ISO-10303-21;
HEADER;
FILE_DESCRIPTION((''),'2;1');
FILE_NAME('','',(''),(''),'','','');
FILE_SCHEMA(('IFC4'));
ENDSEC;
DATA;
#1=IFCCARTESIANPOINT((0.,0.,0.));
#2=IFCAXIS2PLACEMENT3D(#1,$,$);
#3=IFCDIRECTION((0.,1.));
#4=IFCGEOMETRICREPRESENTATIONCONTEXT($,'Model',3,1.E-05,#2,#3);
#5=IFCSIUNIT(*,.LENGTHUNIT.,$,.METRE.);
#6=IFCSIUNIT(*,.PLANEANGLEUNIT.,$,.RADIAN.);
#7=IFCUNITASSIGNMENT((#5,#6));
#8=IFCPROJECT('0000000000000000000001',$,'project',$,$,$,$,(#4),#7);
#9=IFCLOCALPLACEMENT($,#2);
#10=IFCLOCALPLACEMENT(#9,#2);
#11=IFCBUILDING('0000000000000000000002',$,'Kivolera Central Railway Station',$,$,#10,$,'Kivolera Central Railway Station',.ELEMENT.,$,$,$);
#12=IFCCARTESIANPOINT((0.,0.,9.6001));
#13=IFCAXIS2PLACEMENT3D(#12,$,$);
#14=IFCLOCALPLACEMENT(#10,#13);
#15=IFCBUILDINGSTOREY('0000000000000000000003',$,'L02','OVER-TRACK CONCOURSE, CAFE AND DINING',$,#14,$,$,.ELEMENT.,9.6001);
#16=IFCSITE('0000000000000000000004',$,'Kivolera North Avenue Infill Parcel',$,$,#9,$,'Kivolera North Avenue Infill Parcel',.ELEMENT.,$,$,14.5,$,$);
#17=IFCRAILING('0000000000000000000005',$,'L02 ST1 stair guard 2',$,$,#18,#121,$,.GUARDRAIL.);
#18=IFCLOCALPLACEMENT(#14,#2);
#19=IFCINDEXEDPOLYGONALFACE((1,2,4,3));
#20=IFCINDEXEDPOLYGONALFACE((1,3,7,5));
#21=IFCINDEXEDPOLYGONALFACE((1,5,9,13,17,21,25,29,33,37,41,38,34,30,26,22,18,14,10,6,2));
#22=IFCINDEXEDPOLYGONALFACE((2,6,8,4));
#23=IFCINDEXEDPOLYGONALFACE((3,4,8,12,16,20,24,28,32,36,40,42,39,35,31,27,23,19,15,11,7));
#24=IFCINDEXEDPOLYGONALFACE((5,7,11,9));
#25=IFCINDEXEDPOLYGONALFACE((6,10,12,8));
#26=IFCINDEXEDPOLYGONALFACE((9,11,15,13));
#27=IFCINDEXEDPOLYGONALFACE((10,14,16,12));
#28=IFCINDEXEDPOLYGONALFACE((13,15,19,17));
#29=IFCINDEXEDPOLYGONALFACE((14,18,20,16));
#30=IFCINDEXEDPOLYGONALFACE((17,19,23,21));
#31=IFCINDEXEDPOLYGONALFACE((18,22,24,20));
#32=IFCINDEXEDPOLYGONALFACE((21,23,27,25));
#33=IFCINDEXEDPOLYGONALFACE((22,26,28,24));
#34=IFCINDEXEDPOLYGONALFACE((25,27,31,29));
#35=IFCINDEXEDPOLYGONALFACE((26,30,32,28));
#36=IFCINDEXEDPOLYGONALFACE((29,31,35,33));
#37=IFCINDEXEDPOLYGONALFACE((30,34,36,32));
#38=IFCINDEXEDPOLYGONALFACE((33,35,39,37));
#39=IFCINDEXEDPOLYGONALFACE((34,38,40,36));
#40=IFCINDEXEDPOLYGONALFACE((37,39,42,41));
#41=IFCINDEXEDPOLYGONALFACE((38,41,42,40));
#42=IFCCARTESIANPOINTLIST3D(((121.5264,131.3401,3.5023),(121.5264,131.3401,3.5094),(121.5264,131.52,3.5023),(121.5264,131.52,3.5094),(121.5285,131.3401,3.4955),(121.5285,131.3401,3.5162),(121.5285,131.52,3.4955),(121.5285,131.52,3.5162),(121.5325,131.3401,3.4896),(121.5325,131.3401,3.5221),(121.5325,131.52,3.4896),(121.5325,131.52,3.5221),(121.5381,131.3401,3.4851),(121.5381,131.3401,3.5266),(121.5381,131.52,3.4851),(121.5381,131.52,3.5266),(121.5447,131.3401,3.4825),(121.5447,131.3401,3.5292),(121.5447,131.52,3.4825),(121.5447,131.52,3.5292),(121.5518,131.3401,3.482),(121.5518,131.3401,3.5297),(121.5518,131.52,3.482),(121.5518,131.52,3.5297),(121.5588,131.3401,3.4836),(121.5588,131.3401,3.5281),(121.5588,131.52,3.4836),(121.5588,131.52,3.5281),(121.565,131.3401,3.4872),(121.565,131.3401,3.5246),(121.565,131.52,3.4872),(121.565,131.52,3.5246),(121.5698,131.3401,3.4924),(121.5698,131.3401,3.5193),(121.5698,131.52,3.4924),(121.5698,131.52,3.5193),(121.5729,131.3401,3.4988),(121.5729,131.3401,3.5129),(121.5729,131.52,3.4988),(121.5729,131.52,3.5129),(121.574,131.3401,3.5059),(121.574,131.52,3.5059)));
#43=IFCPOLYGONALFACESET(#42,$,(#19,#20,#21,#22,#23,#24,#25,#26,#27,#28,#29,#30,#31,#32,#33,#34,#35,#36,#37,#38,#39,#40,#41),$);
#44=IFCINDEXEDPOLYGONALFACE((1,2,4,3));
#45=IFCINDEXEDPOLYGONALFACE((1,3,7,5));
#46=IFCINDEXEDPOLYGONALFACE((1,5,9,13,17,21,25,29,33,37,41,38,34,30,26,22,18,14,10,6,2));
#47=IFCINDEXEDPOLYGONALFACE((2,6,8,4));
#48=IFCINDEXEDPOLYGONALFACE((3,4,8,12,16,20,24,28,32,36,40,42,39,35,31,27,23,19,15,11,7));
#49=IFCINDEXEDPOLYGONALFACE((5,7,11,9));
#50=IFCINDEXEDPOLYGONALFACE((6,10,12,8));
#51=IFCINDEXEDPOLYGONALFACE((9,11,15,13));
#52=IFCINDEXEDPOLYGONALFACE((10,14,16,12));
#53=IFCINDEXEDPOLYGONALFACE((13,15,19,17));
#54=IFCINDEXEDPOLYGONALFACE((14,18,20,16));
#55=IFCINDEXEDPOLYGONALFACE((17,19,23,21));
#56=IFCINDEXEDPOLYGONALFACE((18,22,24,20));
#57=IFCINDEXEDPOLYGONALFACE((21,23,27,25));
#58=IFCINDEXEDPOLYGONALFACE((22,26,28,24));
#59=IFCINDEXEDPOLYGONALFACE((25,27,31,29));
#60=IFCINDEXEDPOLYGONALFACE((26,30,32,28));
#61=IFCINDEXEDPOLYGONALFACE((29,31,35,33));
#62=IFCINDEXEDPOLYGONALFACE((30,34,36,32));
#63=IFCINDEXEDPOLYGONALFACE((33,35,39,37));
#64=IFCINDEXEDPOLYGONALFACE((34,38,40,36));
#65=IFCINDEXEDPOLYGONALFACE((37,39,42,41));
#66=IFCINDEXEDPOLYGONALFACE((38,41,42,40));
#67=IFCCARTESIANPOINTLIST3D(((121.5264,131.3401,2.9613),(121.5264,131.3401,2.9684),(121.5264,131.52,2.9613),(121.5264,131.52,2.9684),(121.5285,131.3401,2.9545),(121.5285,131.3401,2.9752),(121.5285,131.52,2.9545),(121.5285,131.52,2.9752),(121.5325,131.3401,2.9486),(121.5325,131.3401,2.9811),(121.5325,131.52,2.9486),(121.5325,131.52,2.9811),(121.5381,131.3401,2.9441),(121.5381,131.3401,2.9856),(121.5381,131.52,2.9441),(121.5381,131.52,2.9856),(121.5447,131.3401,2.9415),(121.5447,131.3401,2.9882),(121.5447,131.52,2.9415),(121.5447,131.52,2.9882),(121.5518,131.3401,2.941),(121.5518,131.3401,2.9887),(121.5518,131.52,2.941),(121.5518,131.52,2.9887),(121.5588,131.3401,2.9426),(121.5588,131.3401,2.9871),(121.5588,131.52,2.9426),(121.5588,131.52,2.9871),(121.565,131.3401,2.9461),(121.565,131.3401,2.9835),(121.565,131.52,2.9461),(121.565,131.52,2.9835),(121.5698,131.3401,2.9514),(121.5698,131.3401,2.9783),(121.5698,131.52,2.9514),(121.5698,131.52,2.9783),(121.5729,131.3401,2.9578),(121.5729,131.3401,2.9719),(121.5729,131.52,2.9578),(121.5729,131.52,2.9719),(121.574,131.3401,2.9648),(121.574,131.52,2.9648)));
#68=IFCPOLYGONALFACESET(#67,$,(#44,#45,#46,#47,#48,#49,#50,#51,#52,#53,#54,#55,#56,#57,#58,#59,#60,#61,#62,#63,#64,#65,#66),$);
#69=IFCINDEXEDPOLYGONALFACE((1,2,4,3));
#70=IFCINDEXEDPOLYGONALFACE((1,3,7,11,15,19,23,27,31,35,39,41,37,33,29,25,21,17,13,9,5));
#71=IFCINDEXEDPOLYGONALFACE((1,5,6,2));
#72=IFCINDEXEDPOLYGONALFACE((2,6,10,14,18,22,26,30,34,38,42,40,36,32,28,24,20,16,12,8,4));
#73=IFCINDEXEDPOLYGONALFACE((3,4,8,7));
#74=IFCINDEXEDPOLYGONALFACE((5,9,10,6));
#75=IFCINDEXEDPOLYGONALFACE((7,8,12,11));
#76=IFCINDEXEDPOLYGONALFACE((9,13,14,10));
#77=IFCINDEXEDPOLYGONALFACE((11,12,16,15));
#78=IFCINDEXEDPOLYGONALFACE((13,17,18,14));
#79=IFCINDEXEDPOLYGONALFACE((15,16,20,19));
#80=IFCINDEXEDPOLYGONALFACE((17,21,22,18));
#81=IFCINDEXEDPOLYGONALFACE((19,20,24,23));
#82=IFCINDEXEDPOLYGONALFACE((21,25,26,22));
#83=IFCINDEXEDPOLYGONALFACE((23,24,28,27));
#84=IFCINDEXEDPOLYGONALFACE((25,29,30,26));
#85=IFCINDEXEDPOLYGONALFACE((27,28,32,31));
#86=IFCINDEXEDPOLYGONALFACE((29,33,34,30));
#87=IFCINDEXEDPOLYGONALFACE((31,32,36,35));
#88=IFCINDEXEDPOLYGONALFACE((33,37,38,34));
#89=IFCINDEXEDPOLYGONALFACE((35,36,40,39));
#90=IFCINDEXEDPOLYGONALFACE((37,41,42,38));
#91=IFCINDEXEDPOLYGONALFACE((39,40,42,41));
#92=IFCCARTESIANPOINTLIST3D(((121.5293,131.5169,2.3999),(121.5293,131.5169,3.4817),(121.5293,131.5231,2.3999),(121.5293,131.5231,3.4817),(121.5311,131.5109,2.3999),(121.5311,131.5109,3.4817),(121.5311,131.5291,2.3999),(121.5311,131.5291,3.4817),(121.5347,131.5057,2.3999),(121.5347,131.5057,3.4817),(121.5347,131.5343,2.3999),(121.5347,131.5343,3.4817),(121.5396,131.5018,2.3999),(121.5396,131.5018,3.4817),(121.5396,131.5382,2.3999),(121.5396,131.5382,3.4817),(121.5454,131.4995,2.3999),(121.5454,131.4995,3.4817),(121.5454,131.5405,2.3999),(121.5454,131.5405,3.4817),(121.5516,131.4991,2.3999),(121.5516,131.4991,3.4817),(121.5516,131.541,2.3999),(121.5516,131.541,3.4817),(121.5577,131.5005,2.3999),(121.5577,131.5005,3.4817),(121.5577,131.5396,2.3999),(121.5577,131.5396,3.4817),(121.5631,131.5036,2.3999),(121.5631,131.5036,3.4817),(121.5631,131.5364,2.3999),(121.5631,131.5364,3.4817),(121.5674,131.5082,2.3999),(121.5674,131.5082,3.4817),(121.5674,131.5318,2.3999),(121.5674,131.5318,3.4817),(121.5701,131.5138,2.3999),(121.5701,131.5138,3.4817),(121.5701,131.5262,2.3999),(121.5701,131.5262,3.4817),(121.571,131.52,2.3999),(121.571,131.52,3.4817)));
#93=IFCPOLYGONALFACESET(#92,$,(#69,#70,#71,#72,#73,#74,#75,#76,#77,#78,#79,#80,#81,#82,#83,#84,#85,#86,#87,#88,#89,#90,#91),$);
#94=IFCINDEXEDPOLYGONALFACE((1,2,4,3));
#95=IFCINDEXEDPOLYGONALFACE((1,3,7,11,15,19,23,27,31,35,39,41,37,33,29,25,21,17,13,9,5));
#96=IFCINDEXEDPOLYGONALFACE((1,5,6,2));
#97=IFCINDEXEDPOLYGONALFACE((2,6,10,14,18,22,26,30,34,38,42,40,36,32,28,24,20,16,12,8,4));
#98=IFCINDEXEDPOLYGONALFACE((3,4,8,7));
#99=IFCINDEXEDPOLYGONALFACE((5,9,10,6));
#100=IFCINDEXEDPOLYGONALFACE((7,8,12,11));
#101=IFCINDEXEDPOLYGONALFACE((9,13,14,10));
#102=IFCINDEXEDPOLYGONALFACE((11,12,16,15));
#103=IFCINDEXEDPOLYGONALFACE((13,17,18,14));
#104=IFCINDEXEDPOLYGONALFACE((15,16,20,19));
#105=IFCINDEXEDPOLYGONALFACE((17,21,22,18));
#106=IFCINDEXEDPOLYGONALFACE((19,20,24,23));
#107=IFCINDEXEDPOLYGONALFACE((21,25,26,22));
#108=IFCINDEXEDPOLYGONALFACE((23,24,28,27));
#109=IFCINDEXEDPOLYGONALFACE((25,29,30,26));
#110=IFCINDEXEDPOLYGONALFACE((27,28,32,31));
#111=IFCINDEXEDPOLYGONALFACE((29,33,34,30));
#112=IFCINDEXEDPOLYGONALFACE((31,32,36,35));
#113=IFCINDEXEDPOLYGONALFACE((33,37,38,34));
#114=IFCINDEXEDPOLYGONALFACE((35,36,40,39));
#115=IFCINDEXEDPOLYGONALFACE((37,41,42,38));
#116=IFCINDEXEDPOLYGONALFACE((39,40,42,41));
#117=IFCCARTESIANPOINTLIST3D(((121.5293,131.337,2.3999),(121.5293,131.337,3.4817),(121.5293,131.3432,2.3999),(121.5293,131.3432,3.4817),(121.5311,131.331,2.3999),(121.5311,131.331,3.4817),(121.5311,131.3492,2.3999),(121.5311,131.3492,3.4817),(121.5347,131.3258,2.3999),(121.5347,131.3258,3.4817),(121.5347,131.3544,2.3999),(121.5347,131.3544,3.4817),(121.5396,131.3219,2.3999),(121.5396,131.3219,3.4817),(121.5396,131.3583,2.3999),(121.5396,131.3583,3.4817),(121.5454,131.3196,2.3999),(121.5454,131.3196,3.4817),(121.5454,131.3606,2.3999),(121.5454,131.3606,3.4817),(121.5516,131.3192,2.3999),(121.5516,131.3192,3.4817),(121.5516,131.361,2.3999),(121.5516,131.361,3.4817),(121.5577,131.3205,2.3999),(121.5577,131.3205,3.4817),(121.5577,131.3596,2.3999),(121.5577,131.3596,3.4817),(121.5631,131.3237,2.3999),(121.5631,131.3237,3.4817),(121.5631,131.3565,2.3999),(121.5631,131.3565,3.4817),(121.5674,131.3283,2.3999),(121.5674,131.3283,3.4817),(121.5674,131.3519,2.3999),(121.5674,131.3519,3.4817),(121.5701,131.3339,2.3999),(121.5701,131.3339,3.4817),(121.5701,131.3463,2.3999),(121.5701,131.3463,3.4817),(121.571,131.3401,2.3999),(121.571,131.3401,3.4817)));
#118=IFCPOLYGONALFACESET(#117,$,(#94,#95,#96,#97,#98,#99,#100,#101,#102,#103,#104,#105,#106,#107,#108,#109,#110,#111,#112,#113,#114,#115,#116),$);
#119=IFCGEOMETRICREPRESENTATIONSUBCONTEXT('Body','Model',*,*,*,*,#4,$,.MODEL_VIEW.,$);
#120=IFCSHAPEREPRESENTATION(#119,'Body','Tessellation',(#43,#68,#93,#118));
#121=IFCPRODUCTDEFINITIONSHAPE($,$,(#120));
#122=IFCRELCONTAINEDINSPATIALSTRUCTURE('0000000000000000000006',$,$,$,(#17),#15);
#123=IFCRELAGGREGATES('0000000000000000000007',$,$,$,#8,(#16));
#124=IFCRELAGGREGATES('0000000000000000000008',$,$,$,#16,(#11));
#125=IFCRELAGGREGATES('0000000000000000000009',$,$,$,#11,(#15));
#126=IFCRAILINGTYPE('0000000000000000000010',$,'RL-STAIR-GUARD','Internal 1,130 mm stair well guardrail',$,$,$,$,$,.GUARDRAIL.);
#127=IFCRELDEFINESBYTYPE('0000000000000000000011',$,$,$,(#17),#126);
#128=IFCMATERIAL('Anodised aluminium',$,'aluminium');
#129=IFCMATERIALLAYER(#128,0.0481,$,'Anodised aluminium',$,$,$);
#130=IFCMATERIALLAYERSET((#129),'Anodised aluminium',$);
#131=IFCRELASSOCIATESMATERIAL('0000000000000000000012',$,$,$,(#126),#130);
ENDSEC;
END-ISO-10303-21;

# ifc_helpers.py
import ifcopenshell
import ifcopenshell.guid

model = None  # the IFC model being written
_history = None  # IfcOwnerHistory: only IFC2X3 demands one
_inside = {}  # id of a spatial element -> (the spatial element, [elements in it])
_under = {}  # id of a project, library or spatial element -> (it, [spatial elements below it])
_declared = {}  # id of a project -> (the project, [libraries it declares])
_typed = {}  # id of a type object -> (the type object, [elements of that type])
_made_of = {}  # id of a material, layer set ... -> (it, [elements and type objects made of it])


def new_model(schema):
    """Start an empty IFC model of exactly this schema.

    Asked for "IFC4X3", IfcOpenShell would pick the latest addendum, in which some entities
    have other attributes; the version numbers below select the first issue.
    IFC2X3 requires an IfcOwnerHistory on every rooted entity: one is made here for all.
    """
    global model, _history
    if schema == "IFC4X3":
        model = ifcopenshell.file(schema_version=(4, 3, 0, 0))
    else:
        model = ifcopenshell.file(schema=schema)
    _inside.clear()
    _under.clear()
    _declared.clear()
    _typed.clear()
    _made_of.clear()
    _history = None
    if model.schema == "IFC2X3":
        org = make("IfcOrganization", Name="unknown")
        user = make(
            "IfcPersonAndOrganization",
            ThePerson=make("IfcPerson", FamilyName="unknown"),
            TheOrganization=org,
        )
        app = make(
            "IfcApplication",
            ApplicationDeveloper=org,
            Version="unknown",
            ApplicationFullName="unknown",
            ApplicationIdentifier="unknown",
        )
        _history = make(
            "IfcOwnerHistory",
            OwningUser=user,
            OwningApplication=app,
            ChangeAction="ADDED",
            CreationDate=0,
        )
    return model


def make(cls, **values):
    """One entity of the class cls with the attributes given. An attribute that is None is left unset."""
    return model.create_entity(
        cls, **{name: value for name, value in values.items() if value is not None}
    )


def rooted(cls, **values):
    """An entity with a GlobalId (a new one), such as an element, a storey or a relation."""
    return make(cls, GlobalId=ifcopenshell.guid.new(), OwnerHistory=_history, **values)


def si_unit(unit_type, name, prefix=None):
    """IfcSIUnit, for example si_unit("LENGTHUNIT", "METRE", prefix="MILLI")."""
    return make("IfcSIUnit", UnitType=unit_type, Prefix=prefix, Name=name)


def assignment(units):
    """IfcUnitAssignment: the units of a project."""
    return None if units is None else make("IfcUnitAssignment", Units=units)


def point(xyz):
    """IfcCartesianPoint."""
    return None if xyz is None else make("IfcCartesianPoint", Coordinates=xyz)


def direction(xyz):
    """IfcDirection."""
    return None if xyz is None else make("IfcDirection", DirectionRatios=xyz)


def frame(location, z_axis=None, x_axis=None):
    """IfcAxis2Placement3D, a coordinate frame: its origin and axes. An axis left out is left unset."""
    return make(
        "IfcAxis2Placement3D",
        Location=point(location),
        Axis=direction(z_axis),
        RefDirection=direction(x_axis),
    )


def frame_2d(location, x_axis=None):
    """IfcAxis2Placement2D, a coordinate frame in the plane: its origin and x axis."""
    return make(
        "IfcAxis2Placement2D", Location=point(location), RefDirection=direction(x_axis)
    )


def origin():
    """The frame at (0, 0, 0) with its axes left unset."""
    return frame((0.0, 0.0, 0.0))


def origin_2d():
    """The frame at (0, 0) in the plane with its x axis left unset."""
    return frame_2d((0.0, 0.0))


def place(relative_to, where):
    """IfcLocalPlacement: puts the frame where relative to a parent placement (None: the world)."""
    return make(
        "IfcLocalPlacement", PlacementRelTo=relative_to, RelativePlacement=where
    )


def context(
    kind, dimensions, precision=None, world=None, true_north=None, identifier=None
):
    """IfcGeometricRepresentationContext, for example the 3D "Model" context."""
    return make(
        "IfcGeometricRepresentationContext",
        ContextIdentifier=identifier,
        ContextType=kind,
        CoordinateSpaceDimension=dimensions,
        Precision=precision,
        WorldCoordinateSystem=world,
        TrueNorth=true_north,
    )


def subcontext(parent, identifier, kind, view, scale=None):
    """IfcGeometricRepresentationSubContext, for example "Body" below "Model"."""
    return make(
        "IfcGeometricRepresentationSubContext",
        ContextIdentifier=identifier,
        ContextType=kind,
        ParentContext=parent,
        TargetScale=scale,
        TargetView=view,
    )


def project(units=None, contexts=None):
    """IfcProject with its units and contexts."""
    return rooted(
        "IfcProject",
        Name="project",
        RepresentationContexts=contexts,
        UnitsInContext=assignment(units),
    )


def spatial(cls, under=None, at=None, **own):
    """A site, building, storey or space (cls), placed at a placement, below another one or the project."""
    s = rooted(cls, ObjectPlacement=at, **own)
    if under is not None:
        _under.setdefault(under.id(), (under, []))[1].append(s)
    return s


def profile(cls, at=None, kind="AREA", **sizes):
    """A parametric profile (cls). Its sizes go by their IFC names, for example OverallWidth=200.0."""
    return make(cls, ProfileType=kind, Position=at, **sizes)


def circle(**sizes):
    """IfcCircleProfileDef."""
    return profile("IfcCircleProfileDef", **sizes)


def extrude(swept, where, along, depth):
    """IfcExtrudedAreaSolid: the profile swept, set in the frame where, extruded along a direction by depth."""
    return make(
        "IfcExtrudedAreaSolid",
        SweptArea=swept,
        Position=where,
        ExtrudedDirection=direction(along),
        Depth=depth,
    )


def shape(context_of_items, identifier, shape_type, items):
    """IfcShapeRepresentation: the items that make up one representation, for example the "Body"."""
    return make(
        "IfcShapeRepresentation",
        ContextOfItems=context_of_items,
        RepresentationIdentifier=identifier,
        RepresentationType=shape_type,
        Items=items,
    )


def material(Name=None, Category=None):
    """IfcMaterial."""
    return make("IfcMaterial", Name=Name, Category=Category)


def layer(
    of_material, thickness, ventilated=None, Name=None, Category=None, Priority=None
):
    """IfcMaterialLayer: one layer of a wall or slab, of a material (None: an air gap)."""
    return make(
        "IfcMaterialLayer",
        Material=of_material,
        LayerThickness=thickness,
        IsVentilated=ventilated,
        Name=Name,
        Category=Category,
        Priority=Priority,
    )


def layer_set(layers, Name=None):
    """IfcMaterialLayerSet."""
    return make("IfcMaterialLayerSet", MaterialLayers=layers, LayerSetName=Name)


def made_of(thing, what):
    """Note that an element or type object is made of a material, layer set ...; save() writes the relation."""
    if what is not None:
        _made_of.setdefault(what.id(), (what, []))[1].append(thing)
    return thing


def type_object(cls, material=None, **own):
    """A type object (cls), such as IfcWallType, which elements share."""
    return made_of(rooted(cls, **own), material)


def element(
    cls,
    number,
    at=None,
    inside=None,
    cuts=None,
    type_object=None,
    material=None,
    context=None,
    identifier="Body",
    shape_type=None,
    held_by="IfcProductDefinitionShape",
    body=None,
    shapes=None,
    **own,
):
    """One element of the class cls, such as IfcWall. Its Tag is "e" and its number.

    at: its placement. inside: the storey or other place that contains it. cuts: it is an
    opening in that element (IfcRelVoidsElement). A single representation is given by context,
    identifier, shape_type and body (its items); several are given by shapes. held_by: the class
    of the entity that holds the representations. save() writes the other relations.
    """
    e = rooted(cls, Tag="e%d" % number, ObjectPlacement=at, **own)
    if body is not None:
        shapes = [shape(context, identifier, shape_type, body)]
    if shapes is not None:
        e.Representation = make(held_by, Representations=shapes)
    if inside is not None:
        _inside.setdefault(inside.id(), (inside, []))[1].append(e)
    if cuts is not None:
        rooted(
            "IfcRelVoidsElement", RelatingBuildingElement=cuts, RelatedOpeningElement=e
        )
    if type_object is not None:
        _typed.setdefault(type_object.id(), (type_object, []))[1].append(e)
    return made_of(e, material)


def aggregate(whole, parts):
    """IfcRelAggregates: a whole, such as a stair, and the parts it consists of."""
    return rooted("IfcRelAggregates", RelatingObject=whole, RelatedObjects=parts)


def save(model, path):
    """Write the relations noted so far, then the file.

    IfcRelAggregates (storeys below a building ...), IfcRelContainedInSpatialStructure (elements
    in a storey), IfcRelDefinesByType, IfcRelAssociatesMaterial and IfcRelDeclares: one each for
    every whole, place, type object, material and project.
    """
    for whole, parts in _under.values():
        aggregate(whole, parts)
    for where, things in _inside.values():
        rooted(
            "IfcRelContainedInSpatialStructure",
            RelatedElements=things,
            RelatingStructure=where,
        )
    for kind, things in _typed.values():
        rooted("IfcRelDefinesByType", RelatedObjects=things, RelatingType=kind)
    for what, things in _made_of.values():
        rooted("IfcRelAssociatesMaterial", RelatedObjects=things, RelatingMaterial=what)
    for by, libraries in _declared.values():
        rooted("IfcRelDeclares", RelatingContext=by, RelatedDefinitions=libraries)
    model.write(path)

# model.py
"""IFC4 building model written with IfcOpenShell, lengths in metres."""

from ifc_helpers import new_model, si_unit, direction, frame, origin, origin_2d, place, context, subcontext, project, spatial, circle, extrude, material, layer, layer_set, type_object, element, save


model = new_model("IFC4")

# Units and contexts
model_context = context("Model", 3, precision=1e-05, world=origin(), true_north=direction((0.0, 1.0)))
body_context = subcontext(model_context, "Body", "Model", "MODEL_VIEW")
ifc_project = project(units=[si_unit("LENGTHUNIT", "METRE"), si_unit("PLANEANGLEUNIT", "RADIAN")], contexts=[model_context])

# Site, building, storey
site_placement = place(None, origin())
site = spatial("IfcSite", under=ifc_project, at=site_placement, Name="Kivolera North Avenue Infill Parcel", LongName="Kivolera North Avenue Infill Parcel", CompositionType="ELEMENT", RefElevation=14.5)
building_placement = place(site_placement, origin())
building = spatial("IfcBuilding", under=site, at=building_placement, Name="Kivolera Central Railway Station", LongName="Kivolera Central Railway Station", CompositionType="ELEMENT")
storey_placement = place(building_placement, frame((0.0, 0.0, 9.6001)))
storey = spatial("IfcBuildingStorey", under=building, at=storey_placement, Name="L02", Description="OVER-TRACK CONCOURSE, CAFE AND DINING", CompositionType="ELEMENT", Elevation=9.6001)

# Shared definitions
ifc_material_1 = material(Name="Anodised aluminium", Category="aluminium")

# Railing
ifc_layer_1 = layer(ifc_material_1, 0.0481, Name="Anodised aluminium")
ifc_layer_set_1 = layer_set([ifc_layer_1], Name="Anodised aluminium")
railing_type_1 = type_object("IfcRailingType", Name="RL-STAIR-GUARD", Description="Internal 1,130 mm stair well guardrail", PredefinedType="GUARDRAIL", material=ifc_layer_set_1)
railing_1_placement = place(storey_placement, frame((121.55, 131.52, 2.3999)))
element("IfcRailing", 1, at=railing_1_placement, inside=storey, type_object=railing_type_1, Name="L02 ST1 stair guard 2", PredefinedType="GUARDRAIL", context=body_context, shape_type="SweptSolid", body=[
    extrude(circle(Radius=0.0239, at=origin_2d()), frame((0.0, 0.0, 1.106), z_axis=(0.0, -1.0, 0.0), x_axis=(1.0, 0.0, 0.0)), (0.0, 0.0, 1.0), 0.1799),
    extrude(circle(Radius=0.0239, at=origin_2d()), frame((0.0, 0.0, 0.5649), z_axis=(0.0, -1.0, 0.0), x_axis=(1.0, 0.0, 0.0)), (0.0, 0.0, 1.0), 0.1799),
    extrude(circle(Radius=0.021, at=origin_2d()), origin(), (0.0, 0.0, 1.0), 1.0818),
    extrude(circle(Radius=0.021, at=origin_2d()), frame((0.0, -0.1799, 0.0)), (0.0, 0.0, 1.0), 1.0818),
])

save(model, "model.ifc")
